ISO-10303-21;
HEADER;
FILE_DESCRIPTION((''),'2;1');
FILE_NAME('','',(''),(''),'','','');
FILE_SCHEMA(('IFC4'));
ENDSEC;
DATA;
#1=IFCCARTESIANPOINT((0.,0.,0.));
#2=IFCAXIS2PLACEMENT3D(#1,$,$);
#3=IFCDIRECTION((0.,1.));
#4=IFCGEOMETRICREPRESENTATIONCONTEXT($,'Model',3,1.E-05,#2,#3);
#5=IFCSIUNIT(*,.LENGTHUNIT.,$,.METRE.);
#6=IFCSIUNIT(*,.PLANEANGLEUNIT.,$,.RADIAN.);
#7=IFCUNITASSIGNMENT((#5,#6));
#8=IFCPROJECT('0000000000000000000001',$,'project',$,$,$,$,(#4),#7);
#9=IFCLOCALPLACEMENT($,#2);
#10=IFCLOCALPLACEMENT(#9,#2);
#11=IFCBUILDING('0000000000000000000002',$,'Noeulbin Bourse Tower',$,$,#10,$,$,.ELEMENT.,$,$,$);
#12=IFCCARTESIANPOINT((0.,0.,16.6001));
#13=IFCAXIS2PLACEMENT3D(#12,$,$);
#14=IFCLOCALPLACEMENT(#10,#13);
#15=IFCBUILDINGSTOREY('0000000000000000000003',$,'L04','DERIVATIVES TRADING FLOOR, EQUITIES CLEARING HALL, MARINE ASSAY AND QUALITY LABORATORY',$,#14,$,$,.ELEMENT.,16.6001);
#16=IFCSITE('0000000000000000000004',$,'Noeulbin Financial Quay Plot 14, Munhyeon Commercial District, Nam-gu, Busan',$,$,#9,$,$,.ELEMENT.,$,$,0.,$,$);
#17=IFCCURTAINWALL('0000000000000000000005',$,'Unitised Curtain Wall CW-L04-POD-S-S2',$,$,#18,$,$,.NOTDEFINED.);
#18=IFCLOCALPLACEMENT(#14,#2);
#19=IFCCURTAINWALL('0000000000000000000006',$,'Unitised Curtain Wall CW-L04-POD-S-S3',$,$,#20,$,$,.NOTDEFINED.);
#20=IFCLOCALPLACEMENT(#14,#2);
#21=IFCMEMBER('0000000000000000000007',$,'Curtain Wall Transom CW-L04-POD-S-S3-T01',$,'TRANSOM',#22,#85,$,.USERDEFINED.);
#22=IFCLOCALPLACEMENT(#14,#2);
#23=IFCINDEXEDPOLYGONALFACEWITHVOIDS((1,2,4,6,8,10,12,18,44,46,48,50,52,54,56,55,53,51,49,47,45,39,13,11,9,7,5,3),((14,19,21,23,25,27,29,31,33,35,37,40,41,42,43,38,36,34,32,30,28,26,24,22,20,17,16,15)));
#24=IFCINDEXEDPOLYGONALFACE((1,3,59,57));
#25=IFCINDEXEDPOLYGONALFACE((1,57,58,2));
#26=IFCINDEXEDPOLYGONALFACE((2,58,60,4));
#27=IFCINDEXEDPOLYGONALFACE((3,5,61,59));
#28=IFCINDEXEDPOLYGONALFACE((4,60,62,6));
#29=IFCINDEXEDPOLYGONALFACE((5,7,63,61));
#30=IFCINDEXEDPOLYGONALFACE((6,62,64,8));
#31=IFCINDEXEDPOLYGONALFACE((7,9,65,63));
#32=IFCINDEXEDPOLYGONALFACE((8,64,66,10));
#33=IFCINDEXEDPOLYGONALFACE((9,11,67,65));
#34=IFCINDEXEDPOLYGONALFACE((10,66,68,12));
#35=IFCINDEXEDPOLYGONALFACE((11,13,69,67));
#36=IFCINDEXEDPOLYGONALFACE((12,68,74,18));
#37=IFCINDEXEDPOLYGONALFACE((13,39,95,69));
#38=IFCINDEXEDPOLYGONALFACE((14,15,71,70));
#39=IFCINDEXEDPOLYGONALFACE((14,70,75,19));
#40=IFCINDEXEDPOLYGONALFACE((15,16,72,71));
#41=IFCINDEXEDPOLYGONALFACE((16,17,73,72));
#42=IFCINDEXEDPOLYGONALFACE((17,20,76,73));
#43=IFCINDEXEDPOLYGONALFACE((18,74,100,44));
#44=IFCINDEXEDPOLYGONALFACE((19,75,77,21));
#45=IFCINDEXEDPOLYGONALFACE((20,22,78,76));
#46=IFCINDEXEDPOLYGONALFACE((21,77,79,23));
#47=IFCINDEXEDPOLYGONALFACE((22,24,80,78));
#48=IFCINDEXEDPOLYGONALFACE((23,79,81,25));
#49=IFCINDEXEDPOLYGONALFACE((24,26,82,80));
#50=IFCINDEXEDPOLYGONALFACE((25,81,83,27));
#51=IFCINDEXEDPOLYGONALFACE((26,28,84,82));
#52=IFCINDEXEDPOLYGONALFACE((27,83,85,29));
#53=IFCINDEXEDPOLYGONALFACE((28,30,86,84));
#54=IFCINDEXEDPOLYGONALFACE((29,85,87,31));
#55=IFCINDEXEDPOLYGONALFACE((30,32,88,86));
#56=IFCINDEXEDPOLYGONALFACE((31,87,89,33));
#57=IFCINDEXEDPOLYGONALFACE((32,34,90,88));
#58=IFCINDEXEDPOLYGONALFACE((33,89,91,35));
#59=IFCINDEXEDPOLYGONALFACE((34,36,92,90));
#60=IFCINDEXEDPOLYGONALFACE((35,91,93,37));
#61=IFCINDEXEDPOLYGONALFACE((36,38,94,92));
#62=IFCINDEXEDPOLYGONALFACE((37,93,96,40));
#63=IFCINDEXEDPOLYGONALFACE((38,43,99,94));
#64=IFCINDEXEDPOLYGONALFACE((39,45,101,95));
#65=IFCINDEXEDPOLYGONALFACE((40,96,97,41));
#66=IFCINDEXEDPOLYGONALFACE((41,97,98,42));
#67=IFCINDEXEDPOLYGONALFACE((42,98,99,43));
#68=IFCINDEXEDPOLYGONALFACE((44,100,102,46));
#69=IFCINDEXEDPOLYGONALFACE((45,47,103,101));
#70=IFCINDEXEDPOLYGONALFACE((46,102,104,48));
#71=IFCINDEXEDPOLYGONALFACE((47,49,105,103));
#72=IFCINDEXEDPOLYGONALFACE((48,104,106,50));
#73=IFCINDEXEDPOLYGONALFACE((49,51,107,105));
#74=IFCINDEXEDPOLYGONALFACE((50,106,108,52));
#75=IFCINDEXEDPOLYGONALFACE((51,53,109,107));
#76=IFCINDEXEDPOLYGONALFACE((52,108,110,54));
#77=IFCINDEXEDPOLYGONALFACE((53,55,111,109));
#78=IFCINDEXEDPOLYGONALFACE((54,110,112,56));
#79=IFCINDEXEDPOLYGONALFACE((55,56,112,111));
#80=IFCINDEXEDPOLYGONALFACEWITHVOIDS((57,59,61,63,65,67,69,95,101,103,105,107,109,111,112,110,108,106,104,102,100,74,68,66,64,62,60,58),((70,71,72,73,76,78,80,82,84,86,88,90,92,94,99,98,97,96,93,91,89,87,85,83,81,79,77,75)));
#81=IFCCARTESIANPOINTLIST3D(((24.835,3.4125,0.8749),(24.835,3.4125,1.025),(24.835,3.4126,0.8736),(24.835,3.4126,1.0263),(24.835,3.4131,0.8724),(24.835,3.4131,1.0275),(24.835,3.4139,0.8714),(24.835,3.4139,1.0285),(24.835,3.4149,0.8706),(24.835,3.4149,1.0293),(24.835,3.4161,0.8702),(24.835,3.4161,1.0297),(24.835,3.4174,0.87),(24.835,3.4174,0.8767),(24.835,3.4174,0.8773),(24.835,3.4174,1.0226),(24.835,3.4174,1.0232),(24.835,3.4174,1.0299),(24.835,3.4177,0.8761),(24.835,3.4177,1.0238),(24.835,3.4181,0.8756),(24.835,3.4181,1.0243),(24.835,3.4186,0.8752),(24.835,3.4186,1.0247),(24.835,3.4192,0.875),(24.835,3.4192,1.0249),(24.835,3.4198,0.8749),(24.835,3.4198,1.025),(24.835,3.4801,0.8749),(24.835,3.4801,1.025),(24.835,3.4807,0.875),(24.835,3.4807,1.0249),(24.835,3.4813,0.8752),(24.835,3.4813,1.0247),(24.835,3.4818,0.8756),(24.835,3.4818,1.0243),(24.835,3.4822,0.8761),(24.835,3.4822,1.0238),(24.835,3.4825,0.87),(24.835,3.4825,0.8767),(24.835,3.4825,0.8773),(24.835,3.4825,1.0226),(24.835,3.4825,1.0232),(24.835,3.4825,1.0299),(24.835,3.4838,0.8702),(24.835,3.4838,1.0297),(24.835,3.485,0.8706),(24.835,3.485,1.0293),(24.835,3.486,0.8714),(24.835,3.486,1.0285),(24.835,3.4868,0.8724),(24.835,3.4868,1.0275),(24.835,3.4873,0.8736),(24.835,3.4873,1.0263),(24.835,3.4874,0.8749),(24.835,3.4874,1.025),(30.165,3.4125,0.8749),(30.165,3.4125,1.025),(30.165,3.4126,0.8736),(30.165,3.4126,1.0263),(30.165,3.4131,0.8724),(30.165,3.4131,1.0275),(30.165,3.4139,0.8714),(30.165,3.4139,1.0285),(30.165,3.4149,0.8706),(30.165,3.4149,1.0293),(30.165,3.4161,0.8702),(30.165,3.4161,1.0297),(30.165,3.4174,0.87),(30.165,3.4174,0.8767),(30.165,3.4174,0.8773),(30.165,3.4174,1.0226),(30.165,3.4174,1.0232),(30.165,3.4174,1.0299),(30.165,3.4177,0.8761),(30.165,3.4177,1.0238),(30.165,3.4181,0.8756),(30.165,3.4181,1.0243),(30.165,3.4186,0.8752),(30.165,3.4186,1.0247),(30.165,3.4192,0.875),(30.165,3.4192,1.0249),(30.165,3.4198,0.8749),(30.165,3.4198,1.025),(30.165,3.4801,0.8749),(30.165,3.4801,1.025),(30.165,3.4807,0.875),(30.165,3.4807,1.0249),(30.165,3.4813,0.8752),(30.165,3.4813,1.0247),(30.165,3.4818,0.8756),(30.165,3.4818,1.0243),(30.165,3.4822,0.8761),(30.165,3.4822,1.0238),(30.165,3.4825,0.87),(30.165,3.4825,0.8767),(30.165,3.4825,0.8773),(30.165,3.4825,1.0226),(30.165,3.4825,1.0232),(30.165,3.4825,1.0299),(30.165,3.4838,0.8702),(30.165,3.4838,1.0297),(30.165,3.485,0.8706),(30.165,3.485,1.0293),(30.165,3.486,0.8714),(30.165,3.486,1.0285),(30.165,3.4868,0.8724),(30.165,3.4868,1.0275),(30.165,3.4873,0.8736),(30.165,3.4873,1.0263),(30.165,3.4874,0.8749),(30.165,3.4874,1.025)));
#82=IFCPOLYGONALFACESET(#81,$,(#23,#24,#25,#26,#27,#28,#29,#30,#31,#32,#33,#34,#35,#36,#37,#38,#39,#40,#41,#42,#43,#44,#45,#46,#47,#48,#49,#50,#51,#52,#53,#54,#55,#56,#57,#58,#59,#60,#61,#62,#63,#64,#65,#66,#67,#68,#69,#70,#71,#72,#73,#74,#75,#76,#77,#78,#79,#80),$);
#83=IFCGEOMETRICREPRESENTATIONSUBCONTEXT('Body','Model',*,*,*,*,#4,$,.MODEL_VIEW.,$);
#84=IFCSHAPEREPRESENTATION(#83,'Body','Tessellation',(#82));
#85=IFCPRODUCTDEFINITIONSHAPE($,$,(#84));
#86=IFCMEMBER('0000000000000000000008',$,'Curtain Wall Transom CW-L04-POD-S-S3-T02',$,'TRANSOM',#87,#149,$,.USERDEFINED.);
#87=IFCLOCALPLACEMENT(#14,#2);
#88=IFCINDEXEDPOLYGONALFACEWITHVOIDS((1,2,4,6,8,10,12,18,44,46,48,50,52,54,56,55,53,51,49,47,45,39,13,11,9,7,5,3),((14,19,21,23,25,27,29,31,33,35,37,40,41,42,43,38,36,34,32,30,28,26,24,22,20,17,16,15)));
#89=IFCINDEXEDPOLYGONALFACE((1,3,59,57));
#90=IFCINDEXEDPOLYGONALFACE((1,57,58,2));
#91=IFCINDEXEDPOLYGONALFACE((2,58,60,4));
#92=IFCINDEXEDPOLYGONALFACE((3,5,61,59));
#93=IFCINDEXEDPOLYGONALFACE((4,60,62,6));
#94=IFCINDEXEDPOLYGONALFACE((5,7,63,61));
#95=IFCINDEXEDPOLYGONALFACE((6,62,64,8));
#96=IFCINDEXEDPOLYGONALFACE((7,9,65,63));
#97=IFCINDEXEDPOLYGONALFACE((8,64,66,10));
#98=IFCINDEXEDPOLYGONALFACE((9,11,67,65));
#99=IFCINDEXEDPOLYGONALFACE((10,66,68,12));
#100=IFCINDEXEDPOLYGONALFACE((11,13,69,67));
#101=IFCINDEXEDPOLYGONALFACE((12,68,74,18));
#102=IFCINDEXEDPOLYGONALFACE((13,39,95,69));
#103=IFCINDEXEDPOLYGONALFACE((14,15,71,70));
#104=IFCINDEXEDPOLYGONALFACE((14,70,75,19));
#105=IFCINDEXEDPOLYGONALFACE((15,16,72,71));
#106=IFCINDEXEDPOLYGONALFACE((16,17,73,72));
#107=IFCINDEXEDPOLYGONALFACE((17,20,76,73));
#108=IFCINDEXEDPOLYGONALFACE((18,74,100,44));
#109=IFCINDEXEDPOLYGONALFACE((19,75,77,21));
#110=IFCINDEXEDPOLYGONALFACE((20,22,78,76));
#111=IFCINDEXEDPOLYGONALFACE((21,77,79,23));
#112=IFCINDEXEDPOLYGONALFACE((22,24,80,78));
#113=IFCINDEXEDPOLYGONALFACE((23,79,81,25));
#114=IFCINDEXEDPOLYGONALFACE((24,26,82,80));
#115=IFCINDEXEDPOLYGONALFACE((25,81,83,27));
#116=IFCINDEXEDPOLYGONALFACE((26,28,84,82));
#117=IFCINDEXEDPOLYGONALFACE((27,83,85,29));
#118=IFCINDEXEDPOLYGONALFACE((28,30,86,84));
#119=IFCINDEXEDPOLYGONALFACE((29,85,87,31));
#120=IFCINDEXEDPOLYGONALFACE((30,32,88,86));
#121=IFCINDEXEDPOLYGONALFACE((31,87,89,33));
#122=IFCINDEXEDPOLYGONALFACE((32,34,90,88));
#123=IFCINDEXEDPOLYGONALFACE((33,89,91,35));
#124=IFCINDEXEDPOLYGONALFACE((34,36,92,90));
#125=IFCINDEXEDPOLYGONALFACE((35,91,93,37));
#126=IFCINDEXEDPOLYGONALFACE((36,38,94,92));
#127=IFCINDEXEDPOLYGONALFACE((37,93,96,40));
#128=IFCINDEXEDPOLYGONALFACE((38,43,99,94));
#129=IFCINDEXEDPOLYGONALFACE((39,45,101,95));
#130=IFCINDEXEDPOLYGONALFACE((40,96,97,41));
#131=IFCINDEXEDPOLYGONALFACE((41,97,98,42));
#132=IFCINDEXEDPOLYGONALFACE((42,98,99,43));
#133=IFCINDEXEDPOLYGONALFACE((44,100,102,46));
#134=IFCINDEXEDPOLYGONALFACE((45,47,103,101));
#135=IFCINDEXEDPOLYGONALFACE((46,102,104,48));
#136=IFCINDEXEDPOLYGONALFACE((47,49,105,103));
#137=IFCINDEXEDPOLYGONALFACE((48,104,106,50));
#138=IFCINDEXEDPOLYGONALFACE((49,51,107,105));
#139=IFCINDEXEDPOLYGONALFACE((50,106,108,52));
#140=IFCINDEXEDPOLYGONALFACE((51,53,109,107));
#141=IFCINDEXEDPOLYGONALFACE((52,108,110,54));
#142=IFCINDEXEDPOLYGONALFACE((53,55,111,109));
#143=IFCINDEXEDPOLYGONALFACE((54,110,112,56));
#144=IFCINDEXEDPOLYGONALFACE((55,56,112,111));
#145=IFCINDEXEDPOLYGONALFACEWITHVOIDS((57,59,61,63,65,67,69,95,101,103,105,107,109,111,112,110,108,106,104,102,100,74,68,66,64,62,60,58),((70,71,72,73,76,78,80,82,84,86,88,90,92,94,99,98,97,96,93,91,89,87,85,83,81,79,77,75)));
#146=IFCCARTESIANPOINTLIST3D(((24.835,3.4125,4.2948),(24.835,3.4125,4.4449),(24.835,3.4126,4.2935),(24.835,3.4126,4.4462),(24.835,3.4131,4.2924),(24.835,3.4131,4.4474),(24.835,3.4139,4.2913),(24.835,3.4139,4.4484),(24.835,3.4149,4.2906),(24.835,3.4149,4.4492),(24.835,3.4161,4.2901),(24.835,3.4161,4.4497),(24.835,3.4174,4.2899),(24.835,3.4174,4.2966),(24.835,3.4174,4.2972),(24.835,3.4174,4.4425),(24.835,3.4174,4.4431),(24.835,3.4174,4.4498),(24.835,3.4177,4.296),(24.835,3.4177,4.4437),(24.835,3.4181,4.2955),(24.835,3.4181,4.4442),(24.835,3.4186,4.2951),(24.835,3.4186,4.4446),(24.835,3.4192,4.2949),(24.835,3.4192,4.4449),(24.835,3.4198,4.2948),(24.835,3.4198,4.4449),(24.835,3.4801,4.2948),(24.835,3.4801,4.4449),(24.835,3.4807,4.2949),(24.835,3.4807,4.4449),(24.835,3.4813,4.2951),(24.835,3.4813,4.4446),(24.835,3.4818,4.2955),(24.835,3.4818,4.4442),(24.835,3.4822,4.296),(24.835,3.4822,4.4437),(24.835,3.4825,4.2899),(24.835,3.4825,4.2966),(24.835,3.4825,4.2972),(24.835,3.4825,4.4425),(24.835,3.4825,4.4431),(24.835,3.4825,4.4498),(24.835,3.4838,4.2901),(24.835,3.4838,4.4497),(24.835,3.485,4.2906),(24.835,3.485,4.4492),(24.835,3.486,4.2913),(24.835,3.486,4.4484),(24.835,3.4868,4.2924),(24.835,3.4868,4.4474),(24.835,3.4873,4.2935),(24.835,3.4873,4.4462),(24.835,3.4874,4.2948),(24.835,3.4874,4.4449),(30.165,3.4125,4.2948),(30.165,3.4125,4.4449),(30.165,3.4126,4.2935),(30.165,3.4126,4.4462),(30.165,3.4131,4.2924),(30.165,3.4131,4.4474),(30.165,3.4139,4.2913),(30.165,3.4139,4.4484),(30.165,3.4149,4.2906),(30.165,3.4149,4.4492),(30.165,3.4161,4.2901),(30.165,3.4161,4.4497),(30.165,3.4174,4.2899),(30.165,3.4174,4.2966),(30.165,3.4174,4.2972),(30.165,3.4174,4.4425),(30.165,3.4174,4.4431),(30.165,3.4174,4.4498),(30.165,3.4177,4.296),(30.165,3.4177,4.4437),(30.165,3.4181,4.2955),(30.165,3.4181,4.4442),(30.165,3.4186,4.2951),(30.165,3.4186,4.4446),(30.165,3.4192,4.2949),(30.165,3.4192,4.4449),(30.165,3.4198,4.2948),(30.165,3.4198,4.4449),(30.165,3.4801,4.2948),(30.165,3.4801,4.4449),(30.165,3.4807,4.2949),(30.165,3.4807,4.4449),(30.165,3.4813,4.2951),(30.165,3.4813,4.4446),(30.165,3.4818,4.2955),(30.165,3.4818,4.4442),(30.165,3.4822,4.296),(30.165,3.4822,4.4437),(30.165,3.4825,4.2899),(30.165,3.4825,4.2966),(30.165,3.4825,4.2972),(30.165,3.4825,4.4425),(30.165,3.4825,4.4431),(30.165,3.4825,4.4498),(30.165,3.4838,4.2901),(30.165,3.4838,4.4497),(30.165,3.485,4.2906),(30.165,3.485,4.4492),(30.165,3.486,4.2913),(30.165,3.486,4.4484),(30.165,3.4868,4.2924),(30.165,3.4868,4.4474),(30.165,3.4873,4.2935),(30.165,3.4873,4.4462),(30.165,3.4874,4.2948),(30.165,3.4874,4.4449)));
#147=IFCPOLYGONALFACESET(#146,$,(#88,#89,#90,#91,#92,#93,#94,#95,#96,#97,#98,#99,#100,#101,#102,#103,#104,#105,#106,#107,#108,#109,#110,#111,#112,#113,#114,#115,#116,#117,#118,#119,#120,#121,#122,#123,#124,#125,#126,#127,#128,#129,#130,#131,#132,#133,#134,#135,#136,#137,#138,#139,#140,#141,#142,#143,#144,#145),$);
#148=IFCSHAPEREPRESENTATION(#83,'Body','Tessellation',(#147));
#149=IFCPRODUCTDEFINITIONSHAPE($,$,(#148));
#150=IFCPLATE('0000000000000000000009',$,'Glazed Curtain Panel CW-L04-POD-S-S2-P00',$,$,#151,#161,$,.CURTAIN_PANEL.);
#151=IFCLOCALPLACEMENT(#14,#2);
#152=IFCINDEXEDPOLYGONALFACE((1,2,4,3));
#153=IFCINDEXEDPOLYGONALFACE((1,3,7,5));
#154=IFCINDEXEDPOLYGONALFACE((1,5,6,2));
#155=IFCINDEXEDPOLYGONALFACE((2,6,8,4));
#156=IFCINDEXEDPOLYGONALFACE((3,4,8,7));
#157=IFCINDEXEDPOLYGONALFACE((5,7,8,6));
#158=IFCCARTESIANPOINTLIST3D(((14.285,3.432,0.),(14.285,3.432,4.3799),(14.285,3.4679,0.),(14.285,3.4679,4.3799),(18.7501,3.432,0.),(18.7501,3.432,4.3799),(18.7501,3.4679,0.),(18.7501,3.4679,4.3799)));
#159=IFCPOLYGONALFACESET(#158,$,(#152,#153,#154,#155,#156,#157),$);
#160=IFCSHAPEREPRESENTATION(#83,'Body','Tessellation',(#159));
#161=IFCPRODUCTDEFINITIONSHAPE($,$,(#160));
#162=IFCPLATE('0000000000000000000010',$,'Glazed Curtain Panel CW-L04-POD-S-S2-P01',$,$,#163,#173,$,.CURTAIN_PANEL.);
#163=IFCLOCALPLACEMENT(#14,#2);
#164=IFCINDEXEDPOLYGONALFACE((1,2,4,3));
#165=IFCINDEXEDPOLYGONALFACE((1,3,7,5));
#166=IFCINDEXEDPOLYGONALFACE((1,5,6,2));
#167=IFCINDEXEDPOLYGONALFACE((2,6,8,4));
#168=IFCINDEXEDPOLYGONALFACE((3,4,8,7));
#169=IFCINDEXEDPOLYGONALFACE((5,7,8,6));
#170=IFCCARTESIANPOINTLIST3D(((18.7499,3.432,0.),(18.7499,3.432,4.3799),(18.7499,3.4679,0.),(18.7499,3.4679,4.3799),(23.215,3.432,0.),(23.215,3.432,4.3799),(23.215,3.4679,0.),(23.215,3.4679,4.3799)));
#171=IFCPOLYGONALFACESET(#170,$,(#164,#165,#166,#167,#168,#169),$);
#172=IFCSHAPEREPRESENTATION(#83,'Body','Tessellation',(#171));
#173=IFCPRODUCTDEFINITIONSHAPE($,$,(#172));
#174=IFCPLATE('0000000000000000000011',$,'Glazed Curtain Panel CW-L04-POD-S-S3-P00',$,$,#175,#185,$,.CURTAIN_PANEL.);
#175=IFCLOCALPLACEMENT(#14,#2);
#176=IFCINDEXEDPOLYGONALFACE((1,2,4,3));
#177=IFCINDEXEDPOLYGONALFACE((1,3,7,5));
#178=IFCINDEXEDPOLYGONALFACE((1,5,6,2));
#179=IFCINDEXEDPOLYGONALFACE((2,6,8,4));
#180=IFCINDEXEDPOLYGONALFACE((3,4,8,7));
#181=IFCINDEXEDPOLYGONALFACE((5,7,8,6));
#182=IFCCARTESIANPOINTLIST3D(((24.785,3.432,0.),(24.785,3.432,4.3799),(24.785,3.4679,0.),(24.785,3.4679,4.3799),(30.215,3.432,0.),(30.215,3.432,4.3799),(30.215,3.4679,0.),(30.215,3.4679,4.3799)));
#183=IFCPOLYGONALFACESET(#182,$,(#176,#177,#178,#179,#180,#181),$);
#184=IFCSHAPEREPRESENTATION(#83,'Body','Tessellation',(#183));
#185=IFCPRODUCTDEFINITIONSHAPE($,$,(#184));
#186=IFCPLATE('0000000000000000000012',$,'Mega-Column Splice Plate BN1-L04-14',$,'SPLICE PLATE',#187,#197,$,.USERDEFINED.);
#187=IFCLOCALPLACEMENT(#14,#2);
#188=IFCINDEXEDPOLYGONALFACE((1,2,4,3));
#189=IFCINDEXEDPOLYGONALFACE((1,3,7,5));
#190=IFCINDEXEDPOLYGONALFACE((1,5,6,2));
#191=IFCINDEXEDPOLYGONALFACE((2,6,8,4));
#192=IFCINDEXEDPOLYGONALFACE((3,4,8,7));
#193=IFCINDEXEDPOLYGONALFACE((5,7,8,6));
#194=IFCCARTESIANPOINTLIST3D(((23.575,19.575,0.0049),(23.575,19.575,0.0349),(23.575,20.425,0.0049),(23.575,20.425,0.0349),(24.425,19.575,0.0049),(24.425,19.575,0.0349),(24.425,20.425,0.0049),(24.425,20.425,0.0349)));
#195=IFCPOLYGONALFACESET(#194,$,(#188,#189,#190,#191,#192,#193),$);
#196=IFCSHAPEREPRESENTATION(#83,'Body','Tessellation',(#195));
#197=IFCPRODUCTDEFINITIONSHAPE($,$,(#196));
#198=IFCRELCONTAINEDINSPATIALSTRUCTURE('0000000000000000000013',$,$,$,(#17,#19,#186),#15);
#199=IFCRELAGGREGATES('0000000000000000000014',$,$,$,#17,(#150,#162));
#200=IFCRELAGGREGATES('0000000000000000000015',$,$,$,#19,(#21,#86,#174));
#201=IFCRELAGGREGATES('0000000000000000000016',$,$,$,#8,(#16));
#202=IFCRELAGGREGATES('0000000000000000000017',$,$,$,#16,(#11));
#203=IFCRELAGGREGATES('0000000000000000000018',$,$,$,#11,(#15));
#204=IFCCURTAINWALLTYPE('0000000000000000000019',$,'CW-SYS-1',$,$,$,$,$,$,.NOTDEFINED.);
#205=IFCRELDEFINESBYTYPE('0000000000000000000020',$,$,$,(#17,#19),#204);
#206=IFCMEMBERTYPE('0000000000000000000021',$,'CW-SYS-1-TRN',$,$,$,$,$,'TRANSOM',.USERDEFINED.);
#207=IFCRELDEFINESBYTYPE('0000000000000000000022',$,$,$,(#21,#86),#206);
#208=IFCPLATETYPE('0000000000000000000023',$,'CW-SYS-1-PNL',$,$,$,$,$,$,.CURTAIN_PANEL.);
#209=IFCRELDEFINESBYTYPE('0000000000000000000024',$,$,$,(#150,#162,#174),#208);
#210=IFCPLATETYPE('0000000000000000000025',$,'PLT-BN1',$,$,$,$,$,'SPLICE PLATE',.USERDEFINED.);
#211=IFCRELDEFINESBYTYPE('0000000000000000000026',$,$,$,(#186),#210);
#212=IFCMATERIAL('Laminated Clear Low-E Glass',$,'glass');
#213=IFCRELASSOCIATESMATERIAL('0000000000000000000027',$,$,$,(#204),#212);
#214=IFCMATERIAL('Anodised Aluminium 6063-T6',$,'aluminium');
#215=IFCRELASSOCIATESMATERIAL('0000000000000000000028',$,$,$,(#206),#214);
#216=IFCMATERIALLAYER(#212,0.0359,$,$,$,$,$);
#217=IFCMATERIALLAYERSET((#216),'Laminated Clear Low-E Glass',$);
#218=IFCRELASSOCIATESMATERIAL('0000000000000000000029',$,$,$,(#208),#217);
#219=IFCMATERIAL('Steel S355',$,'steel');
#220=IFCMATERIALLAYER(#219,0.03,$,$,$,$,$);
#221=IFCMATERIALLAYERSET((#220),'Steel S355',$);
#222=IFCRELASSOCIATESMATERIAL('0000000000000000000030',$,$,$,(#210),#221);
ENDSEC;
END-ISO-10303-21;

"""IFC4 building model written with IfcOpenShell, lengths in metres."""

from ifc_helpers import new_model, si_unit, direction, frame, origin, origin_2d, place, context, subcontext, project, spatial, rectangle, hollow_rectangle, extrude, material, layer, layer_set, material_profile, profile_set, type_object, element, aggregate, save


model = new_model("IFC4")

# Units and contexts
model_context = context("Model", 3, precision=1e-05, world=origin(), true_north=direction((0.0, 1.0)))
body_context = subcontext(model_context, "Body", "Model", "MODEL_VIEW")
ifc_project = project(units=[si_unit("LENGTHUNIT", "METRE"), si_unit("PLANEANGLEUNIT", "RADIAN")], contexts=[model_context])

# Site, building, storey
site_placement = place(None, origin())
site = spatial("IfcSite", under=ifc_project, at=site_placement, Name="Noeulbin Financial Quay Plot 14, Munhyeon Commercial District, Nam-gu, Busan", CompositionType="ELEMENT", RefElevation=0.0)
building_placement = place(site_placement, origin())
building = spatial("IfcBuilding", under=site, at=building_placement, Name="Noeulbin Bourse Tower", CompositionType="ELEMENT")
storey_placement = place(building_placement, frame((0.0, 0.0, 16.6001)))
storey = spatial("IfcBuildingStorey", under=building, at=storey_placement, Name="L04", Description="DERIVATIVES TRADING FLOOR, EQUITIES CLEARING HALL, MARINE ASSAY AND QUALITY LABORATORY", CompositionType="ELEMENT", Elevation=16.6001)

# Shared definitions
ifc_material_1 = material(Name="Steel S355", Category="steel")

# Curtain walls, members
ifc_material_2 = material(Name="Laminated Clear Low-E Glass", Category="glass")
curtain_wall_type = type_object("IfcCurtainWallType", Name="CW-SYS-1", PredefinedType="NOTDEFINED", material=ifc_material_2)
curtain_wall_1_placement = place(storey_placement, origin())
curtain_wall_1 = element("IfcCurtainWall", 1, at=curtain_wall_1_placement, inside=storey, type_object=curtain_wall_type, Name="Unitised Curtain Wall CW-L04-POD-S-S2", PredefinedType="NOTDEFINED")
ifc_material_3 = material(Name="Anodised Aluminium 6063-T6", Category="aluminium")
curtain_wall_2_placement = place(storey_placement, origin())
curtain_wall_2 = element("IfcCurtainWall", 2, at=curtain_wall_2_placement, inside=storey, type_object=curtain_wall_type, Name="Unitised Curtain Wall CW-L04-POD-S-S3", PredefinedType="NOTDEFINED")
ifc_material_profile_1 = material_profile(ifc_material_3, hollow_rectangle(XDim=0.075, YDim=0.1599, WallThickness=0.0049, InnerFilletRadius=0.0024, OuterFilletRadius=0.0049, at=origin_2d()), Name="ALU-TRAN-75x160x5", Category="LoadBearing")
ifc_profile_set_1 = profile_set([ifc_material_profile_1], Name="Anodised Aluminium 6063-T6")
member_type_1 = type_object("IfcMemberType", Name="CW-SYS-1-TRN", ElementType="TRANSOM", PredefinedType="USERDEFINED", material=ifc_profile_set_1)
member_1_placement = place(storey_placement, frame((24.835, 3.45, 0.95), z_axis=(1.0, 0.0, 0.0), x_axis=(0.0, 1.0, 0.0)))
member_1 = element("IfcMember", 3, at=member_1_placement, type_object=member_type_1, Name="Curtain Wall Transom CW-L04-POD-S-S3-T01", ObjectType="TRANSOM", PredefinedType="USERDEFINED", context=body_context, shape_type="SweptSolid", body=[
    extrude(hollow_rectangle(XDim=0.075, YDim=0.1599, WallThickness=0.0049, InnerFilletRadius=0.0024, OuterFilletRadius=0.0049, at=origin_2d()), origin(), (0.0, 0.0, 1.0), 5.3301),
])
member_2_placement = place(storey_placement, frame((24.835, 3.45, 4.3699), z_axis=(1.0, 0.0, 0.0), x_axis=(0.0, 1.0, 0.0)))
member_2 = element("IfcMember", 4, at=member_2_placement, type_object=member_type_1, Name="Curtain Wall Transom CW-L04-POD-S-S3-T02", ObjectType="TRANSOM", PredefinedType="USERDEFINED", context=body_context, shape_type="SweptSolid", body=[
    extrude(hollow_rectangle(XDim=0.075, YDim=0.1599, WallThickness=0.0049, InnerFilletRadius=0.0024, OuterFilletRadius=0.0049, at=origin_2d()), origin(), (0.0, 0.0, 1.0), 5.3301),
])

# Plates
ifc_layer_1 = layer(ifc_material_2, 0.0359)
ifc_layer_set_1 = layer_set([ifc_layer_1], Name="Laminated Clear Low-E Glass")
plate_type_1 = type_object("IfcPlateType", Name="CW-SYS-1-PNL", PredefinedType="CURTAIN_PANEL", material=ifc_layer_set_1)
plate_1_placement = place(storey_placement, frame((16.5176, 3.45, 0.0), z_axis=(0.0, 0.0, 1.0), x_axis=(1.0, 0.0, 0.0)))
plate_1 = element("IfcPlate", 5, at=plate_1_placement, type_object=plate_type_1, Name="Glazed Curtain Panel CW-L04-POD-S-S2-P00", PredefinedType="CURTAIN_PANEL", context=body_context, shape_type="SweptSolid", body=[
    extrude(rectangle(XDim=4.4651, YDim=0.0359, at=origin_2d()), origin(), (0.0, 0.0, 1.0), 4.3799),
])
plate_2_placement = place(storey_placement, frame((20.9824, 3.45, 0.0), z_axis=(0.0, 0.0, 1.0), x_axis=(1.0, 0.0, 0.0)))
plate_2 = element("IfcPlate", 6, at=plate_2_placement, type_object=plate_type_1, Name="Glazed Curtain Panel CW-L04-POD-S-S2-P01", PredefinedType="CURTAIN_PANEL", context=body_context, shape_type="SweptSolid", body=[
    extrude(rectangle(XDim=4.4651, YDim=0.0359, at=origin_2d()), origin(), (0.0, 0.0, 1.0), 4.3799),
])
aggregate(curtain_wall_1, [plate_1, plate_2])
plate_3_placement = place(storey_placement, frame((27.5, 3.45, 0.0), z_axis=(0.0, 0.0, 1.0), x_axis=(1.0, 0.0, 0.0)))
plate_3 = element("IfcPlate", 7, at=plate_3_placement, type_object=plate_type_1, Name="Glazed Curtain Panel CW-L04-POD-S-S3-P00", PredefinedType="CURTAIN_PANEL", context=body_context, shape_type="SweptSolid", body=[
    extrude(rectangle(XDim=5.4299, YDim=0.0359, at=origin_2d()), origin(), (0.0, 0.0, 1.0), 4.3799),
])
aggregate(curtain_wall_2, [member_1, member_2, plate_3])
ifc_layer_2 = layer(ifc_material_1, 0.03)
ifc_layer_set_2 = layer_set([ifc_layer_2], Name="Steel S355")
plate_type_2 = type_object("IfcPlateType", Name="PLT-BN1", ElementType="SPLICE PLATE", PredefinedType="USERDEFINED", material=ifc_layer_set_2)
plate_4_placement = place(storey_placement, frame((24.0, 20.0, 0.0049), z_axis=(0.0, 0.0, 1.0), x_axis=(1.0, 0.0, 0.0)))
element("IfcPlate", 8, at=plate_4_placement, inside=storey, type_object=plate_type_2, Name="Mega-Column Splice Plate BN1-L04-14", ObjectType="SPLICE PLATE", PredefinedType="USERDEFINED", context=body_context, shape_type="SweptSolid", body=[
    extrude(rectangle(XDim=0.8501, YDim=0.8501, at=origin_2d()), origin(), (0.0, 0.0, 1.0), 0.03),
])

save(model, "model.ifc")
